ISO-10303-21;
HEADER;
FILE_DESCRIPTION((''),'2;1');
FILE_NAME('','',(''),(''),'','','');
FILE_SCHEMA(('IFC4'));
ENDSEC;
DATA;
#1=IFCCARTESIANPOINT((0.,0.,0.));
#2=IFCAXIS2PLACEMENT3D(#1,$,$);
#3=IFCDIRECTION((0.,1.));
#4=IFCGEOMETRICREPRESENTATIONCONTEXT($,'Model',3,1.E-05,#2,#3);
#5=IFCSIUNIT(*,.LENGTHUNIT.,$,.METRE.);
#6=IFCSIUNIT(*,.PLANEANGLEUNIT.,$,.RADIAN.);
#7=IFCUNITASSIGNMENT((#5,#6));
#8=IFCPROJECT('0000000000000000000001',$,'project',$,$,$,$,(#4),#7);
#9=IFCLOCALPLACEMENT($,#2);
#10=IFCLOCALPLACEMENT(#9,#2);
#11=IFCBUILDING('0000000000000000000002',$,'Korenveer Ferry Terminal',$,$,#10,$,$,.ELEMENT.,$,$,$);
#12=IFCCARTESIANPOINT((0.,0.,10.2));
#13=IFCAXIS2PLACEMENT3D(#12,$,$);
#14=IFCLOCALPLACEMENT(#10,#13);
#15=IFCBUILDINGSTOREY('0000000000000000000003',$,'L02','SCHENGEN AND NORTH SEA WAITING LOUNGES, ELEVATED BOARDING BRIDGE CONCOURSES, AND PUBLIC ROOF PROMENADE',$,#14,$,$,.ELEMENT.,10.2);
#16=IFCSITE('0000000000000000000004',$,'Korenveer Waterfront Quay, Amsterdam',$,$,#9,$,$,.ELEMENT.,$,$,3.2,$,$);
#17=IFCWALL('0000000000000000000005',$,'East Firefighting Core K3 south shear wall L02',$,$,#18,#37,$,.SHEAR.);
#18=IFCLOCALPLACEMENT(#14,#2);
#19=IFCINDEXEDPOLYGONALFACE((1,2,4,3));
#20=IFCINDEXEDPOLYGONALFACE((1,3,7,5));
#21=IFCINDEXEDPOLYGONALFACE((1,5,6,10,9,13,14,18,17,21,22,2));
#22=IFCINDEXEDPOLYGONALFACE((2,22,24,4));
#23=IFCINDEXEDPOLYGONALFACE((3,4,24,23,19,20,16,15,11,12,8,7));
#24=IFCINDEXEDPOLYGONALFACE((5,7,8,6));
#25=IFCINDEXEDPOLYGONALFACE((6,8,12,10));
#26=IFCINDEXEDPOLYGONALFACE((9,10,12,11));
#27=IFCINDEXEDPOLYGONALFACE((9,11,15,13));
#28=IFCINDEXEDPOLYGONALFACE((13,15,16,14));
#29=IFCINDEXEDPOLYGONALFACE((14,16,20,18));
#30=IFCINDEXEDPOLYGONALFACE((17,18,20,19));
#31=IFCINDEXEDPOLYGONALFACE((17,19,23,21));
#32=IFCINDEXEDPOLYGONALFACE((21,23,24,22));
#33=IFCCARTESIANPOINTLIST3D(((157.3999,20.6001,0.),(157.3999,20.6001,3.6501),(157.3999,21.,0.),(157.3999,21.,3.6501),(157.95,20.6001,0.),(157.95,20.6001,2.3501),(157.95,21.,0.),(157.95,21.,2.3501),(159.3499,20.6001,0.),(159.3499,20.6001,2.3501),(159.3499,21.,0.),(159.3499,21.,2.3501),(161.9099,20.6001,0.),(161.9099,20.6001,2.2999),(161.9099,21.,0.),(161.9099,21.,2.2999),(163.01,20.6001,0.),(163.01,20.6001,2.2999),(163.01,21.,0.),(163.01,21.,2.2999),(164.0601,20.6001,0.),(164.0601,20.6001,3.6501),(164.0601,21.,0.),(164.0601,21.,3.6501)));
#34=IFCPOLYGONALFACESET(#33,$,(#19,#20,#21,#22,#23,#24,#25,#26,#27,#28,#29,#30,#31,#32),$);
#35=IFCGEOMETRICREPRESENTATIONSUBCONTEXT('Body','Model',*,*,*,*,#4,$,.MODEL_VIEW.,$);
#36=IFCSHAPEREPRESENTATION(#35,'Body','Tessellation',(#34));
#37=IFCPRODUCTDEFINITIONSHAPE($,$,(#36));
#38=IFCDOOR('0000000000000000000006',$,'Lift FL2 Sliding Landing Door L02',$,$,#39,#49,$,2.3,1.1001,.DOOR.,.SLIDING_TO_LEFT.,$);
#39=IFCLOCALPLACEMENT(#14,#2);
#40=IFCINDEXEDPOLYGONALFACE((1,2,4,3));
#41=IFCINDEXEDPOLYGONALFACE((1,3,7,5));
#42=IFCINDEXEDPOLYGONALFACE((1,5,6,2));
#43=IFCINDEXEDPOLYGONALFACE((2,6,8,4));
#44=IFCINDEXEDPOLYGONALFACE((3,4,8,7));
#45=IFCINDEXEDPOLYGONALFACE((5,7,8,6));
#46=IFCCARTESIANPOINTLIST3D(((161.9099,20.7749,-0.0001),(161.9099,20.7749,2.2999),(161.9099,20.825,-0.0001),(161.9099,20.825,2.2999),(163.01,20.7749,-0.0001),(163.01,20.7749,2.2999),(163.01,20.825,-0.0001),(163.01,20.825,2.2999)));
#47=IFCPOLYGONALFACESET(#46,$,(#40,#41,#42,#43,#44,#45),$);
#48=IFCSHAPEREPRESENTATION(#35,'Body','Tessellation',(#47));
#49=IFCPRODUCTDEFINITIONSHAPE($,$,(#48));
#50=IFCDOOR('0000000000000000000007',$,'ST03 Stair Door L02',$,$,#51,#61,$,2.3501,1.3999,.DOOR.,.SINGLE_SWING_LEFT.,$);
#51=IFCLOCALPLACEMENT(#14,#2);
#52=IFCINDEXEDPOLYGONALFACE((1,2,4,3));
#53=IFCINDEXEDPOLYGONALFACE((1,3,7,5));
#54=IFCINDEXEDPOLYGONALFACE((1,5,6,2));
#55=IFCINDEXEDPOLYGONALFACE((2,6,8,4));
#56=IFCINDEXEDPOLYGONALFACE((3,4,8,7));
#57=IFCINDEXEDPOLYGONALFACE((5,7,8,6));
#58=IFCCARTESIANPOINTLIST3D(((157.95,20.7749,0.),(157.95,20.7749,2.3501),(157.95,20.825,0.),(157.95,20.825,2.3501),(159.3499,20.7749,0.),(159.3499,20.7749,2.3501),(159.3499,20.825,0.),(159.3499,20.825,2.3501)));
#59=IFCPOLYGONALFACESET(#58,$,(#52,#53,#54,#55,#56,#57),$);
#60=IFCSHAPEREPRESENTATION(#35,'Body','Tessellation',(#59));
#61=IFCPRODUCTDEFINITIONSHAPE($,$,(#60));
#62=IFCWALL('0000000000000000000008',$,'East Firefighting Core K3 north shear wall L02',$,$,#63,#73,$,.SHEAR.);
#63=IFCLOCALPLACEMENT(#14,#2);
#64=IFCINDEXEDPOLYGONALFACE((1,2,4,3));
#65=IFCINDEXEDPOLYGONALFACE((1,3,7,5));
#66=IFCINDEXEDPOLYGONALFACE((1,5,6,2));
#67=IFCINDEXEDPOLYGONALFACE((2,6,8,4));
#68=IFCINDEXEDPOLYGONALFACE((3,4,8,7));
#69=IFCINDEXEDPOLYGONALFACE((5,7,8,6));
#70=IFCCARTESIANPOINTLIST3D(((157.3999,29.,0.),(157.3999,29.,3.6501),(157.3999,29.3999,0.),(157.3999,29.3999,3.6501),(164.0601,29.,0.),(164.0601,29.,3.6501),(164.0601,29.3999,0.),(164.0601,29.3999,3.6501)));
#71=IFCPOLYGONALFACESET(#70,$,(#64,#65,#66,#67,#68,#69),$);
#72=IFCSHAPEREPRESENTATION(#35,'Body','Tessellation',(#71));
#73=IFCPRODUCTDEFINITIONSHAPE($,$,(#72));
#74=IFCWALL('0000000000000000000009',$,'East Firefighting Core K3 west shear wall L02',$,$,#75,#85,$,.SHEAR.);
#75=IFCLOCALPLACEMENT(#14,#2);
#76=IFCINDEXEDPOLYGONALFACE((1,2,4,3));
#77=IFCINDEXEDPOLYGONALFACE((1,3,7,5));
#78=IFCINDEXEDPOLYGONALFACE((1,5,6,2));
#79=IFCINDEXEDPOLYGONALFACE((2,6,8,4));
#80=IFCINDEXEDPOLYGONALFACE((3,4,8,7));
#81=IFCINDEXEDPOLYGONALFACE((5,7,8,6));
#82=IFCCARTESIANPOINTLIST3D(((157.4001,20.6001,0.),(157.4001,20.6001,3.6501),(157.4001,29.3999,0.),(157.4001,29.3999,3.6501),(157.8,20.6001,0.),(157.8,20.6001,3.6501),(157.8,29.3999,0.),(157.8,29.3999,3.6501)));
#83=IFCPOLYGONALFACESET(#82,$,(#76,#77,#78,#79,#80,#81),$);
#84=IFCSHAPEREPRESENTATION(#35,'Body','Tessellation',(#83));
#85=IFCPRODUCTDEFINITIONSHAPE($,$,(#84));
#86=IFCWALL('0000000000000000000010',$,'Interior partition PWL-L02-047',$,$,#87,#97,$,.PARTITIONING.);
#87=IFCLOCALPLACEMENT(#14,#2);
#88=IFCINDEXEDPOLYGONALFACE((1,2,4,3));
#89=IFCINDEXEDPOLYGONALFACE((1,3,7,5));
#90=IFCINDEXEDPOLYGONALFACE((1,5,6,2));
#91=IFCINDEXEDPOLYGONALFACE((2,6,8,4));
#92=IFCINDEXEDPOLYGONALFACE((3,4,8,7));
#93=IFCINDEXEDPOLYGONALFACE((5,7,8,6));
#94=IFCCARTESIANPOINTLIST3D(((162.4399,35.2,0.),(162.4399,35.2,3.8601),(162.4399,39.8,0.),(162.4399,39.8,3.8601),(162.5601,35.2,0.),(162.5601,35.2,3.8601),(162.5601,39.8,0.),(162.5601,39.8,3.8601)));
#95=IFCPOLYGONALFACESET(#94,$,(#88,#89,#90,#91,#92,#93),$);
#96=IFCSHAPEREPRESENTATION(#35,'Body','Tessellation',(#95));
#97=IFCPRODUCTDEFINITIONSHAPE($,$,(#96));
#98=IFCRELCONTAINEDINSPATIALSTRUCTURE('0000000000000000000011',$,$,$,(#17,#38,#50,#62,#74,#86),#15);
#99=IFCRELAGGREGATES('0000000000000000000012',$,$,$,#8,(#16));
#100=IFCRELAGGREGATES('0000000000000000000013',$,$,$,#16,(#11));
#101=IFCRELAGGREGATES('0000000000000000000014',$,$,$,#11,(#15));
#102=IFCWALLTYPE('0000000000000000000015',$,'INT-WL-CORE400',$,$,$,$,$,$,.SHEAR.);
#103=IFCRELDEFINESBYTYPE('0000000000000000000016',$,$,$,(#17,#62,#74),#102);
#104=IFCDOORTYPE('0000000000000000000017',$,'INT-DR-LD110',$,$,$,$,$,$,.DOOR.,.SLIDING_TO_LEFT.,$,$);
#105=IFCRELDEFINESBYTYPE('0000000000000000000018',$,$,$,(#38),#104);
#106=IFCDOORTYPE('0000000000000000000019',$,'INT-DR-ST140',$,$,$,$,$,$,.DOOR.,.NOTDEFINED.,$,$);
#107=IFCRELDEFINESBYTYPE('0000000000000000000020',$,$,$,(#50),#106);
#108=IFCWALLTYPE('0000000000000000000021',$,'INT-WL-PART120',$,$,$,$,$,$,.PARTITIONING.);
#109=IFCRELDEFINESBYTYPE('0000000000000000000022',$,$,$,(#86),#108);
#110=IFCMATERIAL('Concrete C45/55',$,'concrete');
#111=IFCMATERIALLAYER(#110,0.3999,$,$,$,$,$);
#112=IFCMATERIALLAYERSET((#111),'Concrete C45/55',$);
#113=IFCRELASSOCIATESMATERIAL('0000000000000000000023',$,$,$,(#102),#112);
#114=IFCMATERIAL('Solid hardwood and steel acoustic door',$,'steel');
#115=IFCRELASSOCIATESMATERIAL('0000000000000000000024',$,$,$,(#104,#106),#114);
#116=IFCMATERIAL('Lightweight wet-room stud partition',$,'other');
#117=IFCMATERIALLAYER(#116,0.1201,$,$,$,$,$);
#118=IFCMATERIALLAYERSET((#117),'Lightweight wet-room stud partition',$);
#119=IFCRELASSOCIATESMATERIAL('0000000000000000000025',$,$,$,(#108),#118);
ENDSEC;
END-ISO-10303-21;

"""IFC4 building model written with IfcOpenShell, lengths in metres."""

from ifc_helpers import new_model, si_unit, direction, frame, frame_2d, origin, place, context, subcontext, project, spatial, rectangle, extrude, material, layer, layer_set, type_object, element, fill, save


model = new_model("IFC4")

# Units and contexts
model_context = context("Model", 3, precision=1e-05, world=origin(), true_north=direction((0.0, 1.0)))
body_context = subcontext(model_context, "Body", "Model", "MODEL_VIEW")
ifc_project = project(units=[si_unit("LENGTHUNIT", "METRE"), si_unit("PLANEANGLEUNIT", "RADIAN")], contexts=[model_context])

# Site, building, storey
site_placement = place(None, origin())
site = spatial("IfcSite", under=ifc_project, at=site_placement, Name="Korenveer Waterfront Quay, Amsterdam", CompositionType="ELEMENT", RefElevation=3.2)
building_placement = place(site_placement, origin())
building = spatial("IfcBuilding", under=site, at=building_placement, Name="Korenveer Ferry Terminal", CompositionType="ELEMENT")
storey_placement = place(building_placement, frame((0.0, 0.0, 10.2)))
storey = spatial("IfcBuildingStorey", under=building, at=storey_placement, Name="L02", Description="SCHENGEN AND NORTH SEA WAITING LOUNGES, ELEVATED BOARDING BRIDGE CONCOURSES, AND PUBLIC ROOF PROMENADE", CompositionType="ELEMENT", Elevation=10.2)

# Shared definitions
ifc_material_1 = material(Name="Concrete C45/55", Category="concrete")

# Shared definitions
ifc_material_2 = material(Name="Solid hardwood and steel acoustic door", Category="steel")

# Wall, openings, doors
ifc_layer_1 = layer(ifc_material_1, 0.3999)
ifc_layer_set_1 = layer_set([ifc_layer_1], Name="Concrete C45/55")
wall_type_1 = type_object("IfcWallType", Name="INT-WL-CORE400", PredefinedType="SHEAR", material=ifc_layer_set_1)
wall_1_placement = place(storey_placement, frame((157.3999, 20.8, 0.0), z_axis=(0.0, 0.0, 1.0), x_axis=(1.0, 0.0, 0.0)))
wall_1 = element("IfcWall", 1, at=wall_1_placement, inside=storey, type_object=wall_type_1, Name="East Firefighting Core K3 south shear wall L02", PredefinedType="SHEAR", context=body_context, shape_type="SweptSolid", body=[
    extrude(rectangle(XDim=6.6602, YDim=0.3999, at=frame_2d((3.3301, 0.0))), origin(), (0.0, 0.0, 1.0), 3.6501),
])
opening_1_placement = place(wall_1_placement, frame((0.55, 0.0, 0.0)))
opening_1 = element("IfcOpeningElement", 2, at=opening_1_placement, cuts=wall_1, PredefinedType="OPENING", context=body_context, shape_type="SweptSolid", body=[
    extrude(rectangle(XDim=1.3999, YDim=2.3501, at=frame_2d((0.7, 1.175))), frame((0.0, 0.21, 0.0), z_axis=(0.0, -1.0, 0.0), x_axis=(1.0, 0.0, 0.0)), (0.0, 0.0, 1.0), 0.4199),
])
opening_2_placement = place(wall_1_placement, frame((4.51, 0.0, 0.0)))
opening_2 = element("IfcOpeningElement", 3, at=opening_2_placement, cuts=wall_1, PredefinedType="OPENING", context=body_context, shape_type="SweptSolid", body=[
    extrude(rectangle(XDim=1.1001, YDim=2.3, at=frame_2d((0.55, 1.1499))), frame((0.0, 0.21, 0.0), z_axis=(0.0, -1.0, 0.0), x_axis=(1.0, 0.0, 0.0)), (0.0, 0.0, 1.0), 0.4199),
])
door_type_1 = type_object("IfcDoorType", Name="INT-DR-LD110", OperationType="SLIDING_TO_LEFT", PredefinedType="DOOR", material=ifc_material_2)
door_1_placement = place(opening_2_placement, origin())
door_1 = element("IfcDoor", 4, at=door_1_placement, inside=storey, type_object=door_type_1, Name="Lift FL2 Sliding Landing Door L02", OperationType="SLIDING_TO_LEFT", OverallHeight=2.3, OverallWidth=1.1001, PredefinedType="DOOR", context=body_context, shape_type="SweptSolid", body=[
    extrude(rectangle(XDim=1.1001, YDim=2.3, at=frame_2d((0.55, 1.1499))), frame((0.0, 0.0249, 0.0), z_axis=(0.0, -1.0, 0.0), x_axis=(1.0, 0.0, 0.0)), (0.0, 0.0, 1.0), 0.05),
])
fill(opening_2, door_1)
door_type_2 = type_object("IfcDoorType", Name="INT-DR-ST140", OperationType="NOTDEFINED", PredefinedType="DOOR", material=ifc_material_2)
door_2_placement = place(opening_1_placement, origin())
door_2 = element("IfcDoor", 5, at=door_2_placement, inside=storey, type_object=door_type_2, Name="ST03 Stair Door L02", OperationType="SINGLE_SWING_LEFT", OverallHeight=2.3501, OverallWidth=1.3999, PredefinedType="DOOR", context=body_context, shape_type="SweptSolid", body=[
    extrude(rectangle(XDim=1.3999, YDim=2.3501, at=frame_2d((0.7, 1.175))), frame((0.0, 0.0249, 0.0), z_axis=(0.0, -1.0, 0.0), x_axis=(1.0, 0.0, 0.0)), (0.0, 0.0, 1.0), 0.05),
])
fill(opening_1, door_2)

# Walls
wall_2_placement = place(storey_placement, frame((157.3999, 29.2, 0.0), z_axis=(0.0, 0.0, 1.0), x_axis=(1.0, 0.0, 0.0)))
element("IfcWall", 6, at=wall_2_placement, inside=storey, type_object=wall_type_1, Name="East Firefighting Core K3 north shear wall L02", PredefinedType="SHEAR", context=body_context, shape_type="SweptSolid", body=[
    extrude(rectangle(XDim=6.6602, YDim=0.3999, at=frame_2d((3.3301, 0.0))), origin(), (0.0, 0.0, 1.0), 3.6501),
])
wall_3_placement = place(storey_placement, frame((157.6001, 20.6001, 0.0), z_axis=(0.0, 0.0, 1.0), x_axis=(0.0, 1.0, 0.0)))
element("IfcWall", 7, at=wall_3_placement, inside=storey, type_object=wall_type_1, Name="East Firefighting Core K3 west shear wall L02", PredefinedType="SHEAR", context=body_context, shape_type="SweptSolid", body=[
    extrude(rectangle(XDim=8.7998, YDim=0.3999, at=frame_2d((4.3999, 0.0))), origin(), (0.0, 0.0, 1.0), 3.6501),
])
ifc_material_3 = material(Name="Lightweight wet-room stud partition", Category="other")
ifc_layer_2 = layer(ifc_material_3, 0.1201)
ifc_layer_set_2 = layer_set([ifc_layer_2], Name="Lightweight wet-room stud partition")
wall_type_2 = type_object("IfcWallType", Name="INT-WL-PART120", PredefinedType="PARTITIONING", material=ifc_layer_set_2)
wall_4_placement = place(storey_placement, frame((162.5, 35.2, 0.0), z_axis=(0.0, 0.0, 1.0), x_axis=(0.0, 1.0, 0.0)))
element("IfcWall", 8, at=wall_4_placement, inside=storey, type_object=wall_type_2, Name="Interior partition PWL-L02-047", PredefinedType="PARTITIONING", context=body_context, shape_type="SweptSolid", body=[
    extrude(rectangle(XDim=4.6001, YDim=0.1201, at=frame_2d((2.3, 0.0))), origin(), (0.0, 0.0, 1.0), 3.8601),
])

save(model, "model.ifc")
